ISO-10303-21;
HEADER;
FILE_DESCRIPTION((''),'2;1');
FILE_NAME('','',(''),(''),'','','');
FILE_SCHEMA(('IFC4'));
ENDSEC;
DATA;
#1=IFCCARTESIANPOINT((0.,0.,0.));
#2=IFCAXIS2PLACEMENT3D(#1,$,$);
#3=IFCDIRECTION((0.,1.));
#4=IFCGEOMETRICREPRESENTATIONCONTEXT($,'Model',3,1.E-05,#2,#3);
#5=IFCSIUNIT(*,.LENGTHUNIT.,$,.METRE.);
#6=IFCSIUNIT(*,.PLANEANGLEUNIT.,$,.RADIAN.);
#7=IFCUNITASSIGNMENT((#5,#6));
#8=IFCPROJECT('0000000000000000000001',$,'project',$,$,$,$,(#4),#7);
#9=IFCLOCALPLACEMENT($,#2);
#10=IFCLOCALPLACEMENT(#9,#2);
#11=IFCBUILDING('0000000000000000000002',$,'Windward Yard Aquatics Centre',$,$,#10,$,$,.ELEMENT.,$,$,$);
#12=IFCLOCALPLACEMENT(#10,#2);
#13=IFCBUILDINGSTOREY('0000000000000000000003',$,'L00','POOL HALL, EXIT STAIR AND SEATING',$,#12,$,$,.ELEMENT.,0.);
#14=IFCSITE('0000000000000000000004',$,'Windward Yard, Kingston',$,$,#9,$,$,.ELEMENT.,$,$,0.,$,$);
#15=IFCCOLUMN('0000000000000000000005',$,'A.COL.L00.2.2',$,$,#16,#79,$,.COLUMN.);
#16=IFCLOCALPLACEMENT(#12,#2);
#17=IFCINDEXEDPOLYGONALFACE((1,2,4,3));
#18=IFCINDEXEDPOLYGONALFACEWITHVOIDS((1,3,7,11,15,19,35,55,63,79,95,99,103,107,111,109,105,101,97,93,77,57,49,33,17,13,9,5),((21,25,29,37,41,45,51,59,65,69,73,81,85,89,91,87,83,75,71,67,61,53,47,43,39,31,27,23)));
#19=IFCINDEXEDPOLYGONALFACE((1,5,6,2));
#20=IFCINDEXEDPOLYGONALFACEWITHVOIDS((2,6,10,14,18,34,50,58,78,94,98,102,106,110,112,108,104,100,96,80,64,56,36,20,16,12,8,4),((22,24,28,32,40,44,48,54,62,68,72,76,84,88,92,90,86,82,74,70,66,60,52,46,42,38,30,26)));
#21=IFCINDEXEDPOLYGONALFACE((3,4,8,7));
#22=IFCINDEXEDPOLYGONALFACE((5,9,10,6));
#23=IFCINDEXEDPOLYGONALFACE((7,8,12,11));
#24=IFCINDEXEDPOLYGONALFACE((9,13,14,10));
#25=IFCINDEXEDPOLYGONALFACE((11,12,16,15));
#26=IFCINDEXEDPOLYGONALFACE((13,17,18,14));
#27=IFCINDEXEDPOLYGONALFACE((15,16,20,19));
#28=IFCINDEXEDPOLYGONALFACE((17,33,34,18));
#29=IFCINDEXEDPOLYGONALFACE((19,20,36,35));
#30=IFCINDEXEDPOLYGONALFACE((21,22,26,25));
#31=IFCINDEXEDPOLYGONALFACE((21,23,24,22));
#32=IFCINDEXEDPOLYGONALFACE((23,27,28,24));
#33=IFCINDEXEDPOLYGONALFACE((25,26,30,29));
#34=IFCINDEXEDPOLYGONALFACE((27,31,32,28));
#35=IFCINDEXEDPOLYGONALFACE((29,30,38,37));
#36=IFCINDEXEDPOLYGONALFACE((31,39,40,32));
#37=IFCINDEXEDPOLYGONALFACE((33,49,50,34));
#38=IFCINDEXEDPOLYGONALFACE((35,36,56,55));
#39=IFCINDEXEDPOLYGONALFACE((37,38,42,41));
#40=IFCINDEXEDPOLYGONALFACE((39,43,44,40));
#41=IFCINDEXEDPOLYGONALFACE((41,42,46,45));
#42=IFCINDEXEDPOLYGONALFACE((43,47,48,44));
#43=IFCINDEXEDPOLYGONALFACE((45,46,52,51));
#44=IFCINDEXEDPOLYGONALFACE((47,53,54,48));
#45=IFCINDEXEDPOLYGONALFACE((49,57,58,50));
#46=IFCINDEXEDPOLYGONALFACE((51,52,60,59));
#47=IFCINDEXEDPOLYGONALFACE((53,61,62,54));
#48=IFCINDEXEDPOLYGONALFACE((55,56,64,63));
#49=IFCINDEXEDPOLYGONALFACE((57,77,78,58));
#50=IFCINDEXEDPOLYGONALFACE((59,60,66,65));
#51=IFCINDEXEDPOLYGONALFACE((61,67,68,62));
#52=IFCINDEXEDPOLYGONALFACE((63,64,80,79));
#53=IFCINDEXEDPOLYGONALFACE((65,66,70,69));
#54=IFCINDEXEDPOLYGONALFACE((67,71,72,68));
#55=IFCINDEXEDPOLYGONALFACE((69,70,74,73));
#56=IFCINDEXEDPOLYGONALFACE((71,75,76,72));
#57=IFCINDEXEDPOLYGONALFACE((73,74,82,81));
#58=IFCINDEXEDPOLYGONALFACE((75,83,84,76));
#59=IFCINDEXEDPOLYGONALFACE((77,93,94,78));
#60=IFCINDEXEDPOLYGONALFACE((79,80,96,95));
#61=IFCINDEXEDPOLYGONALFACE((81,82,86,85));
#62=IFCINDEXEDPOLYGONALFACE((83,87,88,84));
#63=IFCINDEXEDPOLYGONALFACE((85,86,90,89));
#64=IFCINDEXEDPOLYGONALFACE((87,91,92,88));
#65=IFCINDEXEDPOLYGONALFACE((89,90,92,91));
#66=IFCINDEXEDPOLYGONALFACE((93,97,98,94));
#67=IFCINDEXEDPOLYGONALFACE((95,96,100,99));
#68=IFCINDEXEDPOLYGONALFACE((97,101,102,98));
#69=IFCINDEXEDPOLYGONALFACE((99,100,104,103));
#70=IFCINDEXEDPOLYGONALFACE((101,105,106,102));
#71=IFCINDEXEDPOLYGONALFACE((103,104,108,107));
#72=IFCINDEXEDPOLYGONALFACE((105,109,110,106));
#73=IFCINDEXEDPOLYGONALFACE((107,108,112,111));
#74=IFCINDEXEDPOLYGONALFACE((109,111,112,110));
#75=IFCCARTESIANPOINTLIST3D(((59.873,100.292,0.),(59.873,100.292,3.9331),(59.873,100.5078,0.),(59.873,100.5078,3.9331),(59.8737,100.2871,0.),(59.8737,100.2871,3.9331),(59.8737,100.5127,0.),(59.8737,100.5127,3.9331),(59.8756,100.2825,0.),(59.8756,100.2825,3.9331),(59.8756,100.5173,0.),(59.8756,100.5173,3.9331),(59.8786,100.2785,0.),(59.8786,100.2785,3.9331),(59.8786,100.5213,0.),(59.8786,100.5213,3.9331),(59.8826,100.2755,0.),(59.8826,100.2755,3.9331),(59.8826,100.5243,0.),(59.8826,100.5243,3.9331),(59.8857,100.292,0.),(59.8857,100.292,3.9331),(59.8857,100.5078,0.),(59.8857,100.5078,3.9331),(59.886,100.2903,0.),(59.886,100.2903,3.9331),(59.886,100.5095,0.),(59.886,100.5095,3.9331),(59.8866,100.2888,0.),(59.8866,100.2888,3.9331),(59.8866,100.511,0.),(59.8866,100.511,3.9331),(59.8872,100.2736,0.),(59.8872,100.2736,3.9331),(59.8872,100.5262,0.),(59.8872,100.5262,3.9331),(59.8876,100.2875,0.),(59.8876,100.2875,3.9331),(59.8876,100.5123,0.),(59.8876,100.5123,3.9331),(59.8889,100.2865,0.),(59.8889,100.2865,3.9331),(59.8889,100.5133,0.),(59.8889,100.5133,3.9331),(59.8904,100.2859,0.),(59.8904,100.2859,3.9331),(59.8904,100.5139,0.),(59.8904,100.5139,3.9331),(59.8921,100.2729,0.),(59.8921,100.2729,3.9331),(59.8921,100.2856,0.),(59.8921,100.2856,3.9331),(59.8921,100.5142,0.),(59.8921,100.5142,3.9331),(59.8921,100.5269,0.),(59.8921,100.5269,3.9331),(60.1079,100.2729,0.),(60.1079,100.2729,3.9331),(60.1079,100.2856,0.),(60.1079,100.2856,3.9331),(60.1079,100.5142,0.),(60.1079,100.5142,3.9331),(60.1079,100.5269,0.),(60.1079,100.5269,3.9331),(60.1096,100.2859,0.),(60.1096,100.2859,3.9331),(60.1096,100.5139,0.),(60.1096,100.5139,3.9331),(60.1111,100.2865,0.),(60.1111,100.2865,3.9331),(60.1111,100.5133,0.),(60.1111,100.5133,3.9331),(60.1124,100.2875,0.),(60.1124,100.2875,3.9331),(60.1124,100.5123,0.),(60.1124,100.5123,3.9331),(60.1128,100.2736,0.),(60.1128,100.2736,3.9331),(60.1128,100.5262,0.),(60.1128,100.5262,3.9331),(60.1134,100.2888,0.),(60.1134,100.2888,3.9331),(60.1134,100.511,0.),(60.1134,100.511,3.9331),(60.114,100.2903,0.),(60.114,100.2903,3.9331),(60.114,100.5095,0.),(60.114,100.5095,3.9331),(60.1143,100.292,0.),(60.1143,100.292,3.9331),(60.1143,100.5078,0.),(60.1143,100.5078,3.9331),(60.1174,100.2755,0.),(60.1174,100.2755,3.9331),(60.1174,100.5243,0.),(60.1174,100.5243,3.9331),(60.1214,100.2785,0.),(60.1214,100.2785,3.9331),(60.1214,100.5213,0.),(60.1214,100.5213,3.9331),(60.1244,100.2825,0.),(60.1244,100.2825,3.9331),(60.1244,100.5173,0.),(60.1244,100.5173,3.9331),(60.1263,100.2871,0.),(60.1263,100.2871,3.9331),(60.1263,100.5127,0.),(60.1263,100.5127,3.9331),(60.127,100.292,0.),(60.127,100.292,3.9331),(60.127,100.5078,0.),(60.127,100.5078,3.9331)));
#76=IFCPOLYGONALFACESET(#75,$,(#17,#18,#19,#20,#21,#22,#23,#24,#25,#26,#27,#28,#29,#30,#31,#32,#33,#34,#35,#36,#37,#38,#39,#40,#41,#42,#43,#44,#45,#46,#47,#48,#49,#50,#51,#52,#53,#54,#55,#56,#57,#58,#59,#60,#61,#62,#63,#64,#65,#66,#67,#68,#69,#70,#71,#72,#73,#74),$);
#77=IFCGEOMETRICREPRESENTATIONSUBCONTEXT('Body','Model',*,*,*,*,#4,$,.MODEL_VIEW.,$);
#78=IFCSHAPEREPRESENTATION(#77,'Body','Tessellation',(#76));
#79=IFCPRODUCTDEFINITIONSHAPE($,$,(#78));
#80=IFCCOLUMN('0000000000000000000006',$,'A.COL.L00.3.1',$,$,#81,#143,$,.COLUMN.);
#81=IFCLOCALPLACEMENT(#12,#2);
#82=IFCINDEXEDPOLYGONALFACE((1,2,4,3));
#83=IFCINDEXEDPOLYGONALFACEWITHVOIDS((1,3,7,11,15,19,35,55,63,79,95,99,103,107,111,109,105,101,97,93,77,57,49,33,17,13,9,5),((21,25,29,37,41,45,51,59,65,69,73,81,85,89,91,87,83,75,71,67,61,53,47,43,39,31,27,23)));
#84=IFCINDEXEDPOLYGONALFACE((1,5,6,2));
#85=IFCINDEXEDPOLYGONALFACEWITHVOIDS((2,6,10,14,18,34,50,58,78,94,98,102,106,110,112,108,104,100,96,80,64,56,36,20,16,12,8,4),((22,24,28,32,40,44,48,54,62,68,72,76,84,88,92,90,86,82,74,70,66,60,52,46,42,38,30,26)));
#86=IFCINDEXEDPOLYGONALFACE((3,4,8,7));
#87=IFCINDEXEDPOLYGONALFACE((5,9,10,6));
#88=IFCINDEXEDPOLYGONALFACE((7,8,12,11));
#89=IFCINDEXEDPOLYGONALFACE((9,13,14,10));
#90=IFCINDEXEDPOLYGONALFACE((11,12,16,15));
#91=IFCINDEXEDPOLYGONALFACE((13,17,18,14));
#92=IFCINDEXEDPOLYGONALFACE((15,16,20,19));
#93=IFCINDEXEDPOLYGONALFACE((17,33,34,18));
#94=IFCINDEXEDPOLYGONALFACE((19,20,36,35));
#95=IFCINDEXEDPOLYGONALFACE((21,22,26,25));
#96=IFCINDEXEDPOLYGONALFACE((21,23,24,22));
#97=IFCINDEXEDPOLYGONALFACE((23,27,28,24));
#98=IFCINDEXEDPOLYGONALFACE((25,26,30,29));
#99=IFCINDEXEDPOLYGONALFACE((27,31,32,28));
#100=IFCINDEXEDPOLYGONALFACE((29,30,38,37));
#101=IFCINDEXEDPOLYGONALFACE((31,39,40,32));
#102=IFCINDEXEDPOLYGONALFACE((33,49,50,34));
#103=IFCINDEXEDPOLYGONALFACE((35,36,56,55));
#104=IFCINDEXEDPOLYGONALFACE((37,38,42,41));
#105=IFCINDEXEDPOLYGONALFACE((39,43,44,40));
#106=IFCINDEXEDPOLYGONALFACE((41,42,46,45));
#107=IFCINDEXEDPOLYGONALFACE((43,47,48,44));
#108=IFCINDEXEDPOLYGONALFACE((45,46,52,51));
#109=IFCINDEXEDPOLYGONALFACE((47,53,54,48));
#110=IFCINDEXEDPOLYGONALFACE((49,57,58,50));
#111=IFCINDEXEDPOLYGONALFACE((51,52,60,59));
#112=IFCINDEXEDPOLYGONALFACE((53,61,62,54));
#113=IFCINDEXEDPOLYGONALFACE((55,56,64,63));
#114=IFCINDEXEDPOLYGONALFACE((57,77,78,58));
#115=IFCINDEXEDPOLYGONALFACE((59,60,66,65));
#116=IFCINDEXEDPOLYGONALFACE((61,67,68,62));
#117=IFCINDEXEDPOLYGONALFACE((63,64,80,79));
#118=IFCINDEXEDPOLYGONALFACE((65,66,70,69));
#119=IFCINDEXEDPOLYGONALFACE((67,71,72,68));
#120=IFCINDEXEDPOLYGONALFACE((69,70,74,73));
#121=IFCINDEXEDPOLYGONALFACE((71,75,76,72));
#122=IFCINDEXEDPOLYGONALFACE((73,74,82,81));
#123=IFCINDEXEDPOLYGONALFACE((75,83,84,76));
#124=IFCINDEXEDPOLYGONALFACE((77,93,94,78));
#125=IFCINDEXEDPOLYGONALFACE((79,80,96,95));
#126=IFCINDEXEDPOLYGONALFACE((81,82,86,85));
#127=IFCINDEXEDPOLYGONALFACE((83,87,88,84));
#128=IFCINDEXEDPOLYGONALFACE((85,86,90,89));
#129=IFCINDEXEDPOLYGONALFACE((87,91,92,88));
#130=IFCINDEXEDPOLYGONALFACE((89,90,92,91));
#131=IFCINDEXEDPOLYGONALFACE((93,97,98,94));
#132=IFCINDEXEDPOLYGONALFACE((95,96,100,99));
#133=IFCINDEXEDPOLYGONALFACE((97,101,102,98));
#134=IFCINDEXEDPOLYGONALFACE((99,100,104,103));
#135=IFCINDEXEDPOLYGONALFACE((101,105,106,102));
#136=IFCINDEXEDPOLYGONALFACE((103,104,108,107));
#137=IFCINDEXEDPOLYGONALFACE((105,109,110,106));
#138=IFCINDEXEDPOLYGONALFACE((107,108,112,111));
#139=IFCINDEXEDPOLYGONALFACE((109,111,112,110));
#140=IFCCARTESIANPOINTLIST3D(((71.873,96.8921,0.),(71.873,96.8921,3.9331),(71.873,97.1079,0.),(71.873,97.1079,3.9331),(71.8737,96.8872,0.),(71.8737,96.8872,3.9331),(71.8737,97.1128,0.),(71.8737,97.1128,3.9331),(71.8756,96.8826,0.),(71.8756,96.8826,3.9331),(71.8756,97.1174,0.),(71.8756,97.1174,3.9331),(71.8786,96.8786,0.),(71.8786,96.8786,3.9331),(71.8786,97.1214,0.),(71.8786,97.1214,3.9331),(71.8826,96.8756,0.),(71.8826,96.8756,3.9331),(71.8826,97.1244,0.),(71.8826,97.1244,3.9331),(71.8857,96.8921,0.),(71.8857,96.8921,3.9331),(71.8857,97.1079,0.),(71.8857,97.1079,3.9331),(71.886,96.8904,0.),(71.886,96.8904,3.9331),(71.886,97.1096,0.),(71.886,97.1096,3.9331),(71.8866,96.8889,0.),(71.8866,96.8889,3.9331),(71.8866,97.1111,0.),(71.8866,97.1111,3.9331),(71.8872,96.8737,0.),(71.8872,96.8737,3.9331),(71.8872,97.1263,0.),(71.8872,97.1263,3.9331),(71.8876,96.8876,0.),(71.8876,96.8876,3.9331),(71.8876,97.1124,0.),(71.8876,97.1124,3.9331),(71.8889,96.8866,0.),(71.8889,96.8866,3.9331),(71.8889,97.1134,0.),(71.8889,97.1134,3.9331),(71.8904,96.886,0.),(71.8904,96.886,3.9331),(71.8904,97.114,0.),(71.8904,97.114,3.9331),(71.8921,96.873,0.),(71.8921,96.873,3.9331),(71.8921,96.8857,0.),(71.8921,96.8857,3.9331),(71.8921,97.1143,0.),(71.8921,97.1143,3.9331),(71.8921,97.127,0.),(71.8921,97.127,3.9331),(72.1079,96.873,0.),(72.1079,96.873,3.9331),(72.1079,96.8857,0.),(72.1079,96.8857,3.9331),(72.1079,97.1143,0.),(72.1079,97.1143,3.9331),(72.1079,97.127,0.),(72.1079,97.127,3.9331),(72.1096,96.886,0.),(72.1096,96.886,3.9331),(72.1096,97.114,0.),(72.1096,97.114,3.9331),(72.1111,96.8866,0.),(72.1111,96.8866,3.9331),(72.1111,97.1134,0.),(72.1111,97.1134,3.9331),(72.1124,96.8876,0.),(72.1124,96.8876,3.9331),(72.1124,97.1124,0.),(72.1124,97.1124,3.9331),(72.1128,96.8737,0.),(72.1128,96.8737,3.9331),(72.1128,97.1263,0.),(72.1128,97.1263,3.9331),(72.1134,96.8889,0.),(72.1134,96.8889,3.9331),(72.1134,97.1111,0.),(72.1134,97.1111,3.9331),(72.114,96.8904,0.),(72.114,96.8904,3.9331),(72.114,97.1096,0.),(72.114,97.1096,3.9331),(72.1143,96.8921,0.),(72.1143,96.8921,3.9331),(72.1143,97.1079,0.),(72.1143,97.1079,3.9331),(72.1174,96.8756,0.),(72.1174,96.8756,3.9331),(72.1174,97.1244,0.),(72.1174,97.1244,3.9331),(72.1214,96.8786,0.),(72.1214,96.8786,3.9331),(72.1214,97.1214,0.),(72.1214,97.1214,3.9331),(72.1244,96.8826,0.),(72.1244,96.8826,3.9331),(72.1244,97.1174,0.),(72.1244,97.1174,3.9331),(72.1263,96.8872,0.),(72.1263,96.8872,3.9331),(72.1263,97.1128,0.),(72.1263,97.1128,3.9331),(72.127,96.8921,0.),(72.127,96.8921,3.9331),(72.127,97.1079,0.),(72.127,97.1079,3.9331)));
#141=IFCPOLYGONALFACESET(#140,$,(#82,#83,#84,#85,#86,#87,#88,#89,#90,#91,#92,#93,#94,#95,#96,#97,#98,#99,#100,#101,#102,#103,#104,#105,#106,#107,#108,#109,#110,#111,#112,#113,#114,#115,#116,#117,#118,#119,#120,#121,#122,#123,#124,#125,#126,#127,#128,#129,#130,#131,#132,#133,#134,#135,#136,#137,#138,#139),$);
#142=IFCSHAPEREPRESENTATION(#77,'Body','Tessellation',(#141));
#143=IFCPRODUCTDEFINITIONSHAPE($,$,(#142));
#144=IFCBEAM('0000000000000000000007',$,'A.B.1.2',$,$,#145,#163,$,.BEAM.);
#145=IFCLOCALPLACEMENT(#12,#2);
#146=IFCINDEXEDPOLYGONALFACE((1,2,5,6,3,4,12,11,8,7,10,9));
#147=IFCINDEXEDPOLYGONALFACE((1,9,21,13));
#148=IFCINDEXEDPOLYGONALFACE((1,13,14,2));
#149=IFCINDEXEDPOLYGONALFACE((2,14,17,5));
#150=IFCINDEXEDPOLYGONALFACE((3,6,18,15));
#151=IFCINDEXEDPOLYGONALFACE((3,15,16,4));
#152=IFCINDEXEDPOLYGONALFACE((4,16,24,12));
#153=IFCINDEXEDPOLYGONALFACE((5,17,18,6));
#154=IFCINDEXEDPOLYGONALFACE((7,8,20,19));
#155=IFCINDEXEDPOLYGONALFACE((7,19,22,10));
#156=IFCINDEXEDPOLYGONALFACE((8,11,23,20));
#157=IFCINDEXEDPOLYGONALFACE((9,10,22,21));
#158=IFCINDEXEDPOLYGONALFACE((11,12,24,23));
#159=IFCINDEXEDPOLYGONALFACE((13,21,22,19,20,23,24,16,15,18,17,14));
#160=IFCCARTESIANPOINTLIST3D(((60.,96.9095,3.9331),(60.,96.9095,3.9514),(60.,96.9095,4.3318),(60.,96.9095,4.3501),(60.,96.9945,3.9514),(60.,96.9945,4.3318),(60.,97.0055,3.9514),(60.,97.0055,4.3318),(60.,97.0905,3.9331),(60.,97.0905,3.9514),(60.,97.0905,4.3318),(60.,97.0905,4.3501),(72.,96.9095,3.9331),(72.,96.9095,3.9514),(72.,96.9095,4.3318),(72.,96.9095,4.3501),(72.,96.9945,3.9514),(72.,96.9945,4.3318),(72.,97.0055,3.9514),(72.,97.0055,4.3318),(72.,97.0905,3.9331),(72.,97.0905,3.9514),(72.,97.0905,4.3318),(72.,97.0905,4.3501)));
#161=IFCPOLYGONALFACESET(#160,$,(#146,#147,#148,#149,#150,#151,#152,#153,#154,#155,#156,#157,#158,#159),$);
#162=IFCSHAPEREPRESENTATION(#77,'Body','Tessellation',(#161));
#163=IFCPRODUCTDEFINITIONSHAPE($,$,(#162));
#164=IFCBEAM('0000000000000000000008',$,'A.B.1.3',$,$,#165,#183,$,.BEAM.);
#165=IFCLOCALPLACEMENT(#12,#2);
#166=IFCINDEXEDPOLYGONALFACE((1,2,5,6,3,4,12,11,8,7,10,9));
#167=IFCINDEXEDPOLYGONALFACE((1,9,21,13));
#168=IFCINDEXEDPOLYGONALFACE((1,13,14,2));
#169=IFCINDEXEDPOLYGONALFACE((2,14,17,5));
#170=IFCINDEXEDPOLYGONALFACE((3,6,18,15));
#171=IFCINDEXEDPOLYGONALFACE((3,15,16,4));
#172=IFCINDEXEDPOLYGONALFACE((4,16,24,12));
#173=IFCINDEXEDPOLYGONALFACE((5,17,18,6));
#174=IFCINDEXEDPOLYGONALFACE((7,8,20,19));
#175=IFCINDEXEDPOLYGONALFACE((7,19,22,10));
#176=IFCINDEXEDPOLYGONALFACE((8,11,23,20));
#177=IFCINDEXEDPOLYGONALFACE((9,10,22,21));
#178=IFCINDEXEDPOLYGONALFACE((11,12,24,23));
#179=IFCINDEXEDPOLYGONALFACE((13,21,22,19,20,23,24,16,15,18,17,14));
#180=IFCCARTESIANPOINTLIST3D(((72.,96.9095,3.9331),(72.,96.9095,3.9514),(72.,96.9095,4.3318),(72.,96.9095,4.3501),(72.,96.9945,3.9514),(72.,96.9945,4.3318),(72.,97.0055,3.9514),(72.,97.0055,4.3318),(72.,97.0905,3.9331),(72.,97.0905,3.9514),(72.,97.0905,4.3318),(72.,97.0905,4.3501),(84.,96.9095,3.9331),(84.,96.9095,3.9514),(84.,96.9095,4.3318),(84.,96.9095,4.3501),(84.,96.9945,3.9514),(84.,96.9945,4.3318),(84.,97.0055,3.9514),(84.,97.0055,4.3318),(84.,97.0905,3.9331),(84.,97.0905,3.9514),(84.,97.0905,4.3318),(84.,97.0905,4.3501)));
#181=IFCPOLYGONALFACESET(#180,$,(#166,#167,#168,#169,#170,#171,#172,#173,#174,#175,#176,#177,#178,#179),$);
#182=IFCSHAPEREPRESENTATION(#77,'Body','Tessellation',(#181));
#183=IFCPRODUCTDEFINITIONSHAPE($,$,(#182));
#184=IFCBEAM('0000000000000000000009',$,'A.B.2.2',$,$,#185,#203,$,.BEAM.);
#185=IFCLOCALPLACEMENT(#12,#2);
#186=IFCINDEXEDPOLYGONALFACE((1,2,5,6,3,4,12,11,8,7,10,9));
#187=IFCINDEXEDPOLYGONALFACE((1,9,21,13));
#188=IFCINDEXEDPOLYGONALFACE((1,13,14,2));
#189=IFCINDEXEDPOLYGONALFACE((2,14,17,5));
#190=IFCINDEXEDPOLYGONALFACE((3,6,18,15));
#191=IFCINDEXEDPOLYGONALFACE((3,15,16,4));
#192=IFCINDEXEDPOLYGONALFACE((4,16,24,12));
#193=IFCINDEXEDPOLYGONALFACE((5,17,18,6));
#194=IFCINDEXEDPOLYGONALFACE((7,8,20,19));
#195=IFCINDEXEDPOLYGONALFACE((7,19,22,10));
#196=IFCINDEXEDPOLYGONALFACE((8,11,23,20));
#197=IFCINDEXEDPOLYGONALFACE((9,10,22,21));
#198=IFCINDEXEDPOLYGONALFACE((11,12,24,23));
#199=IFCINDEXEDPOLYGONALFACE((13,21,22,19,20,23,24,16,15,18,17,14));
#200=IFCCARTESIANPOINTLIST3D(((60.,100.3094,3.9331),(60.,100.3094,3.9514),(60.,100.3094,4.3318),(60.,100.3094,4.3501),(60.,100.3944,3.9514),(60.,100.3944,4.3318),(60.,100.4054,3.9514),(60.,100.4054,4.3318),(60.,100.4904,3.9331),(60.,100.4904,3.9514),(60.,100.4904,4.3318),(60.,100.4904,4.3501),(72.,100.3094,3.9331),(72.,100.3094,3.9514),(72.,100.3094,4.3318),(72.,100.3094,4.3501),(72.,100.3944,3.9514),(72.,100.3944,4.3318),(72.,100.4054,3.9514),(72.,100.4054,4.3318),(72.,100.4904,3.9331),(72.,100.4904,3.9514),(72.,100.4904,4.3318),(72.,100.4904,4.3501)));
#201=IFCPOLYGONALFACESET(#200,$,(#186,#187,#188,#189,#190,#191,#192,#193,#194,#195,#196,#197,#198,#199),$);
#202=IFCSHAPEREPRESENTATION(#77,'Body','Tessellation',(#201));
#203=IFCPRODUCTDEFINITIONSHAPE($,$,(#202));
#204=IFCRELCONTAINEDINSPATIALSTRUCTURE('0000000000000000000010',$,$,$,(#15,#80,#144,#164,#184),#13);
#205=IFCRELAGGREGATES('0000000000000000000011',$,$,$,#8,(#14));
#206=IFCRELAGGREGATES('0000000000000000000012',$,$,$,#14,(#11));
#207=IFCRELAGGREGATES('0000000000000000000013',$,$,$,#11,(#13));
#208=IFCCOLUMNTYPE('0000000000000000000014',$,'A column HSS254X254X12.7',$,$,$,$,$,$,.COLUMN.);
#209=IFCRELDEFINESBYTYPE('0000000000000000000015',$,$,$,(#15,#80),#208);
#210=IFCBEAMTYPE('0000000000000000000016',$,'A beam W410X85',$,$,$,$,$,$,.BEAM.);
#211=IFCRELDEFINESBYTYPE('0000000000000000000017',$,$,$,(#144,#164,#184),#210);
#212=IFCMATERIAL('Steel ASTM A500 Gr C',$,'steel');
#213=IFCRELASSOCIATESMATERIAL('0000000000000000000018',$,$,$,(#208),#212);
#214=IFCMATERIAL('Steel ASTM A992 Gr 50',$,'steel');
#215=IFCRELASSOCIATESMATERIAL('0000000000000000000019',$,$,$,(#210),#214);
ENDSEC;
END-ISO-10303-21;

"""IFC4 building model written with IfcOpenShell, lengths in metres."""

from ifc_helpers import new_model, si_unit, direction, frame, origin, origin_2d, place, context, subcontext, project, spatial, hollow_rectangle, i_section, extrude, material, material_profile, profile_set, type_object, element, save


model = new_model("IFC4")

# Units and contexts
model_context = context("Model", 3, precision=1e-05, world=origin(), true_north=direction((0.0, 1.0)))
body_context = subcontext(model_context, "Body", "Model", "MODEL_VIEW")
ifc_project = project(units=[si_unit("LENGTHUNIT", "METRE"), si_unit("PLANEANGLEUNIT", "RADIAN")], contexts=[model_context])

# Site, building, storey
site_placement = place(None, origin())
site = spatial("IfcSite", under=ifc_project, at=site_placement, Name="Windward Yard, Kingston", CompositionType="ELEMENT", RefElevation=0.0)
building_placement = place(site_placement, origin())
building = spatial("IfcBuilding", under=site, at=building_placement, Name="Windward Yard Aquatics Centre", CompositionType="ELEMENT")
storey_placement = place(building_placement, origin())
storey = spatial("IfcBuildingStorey", under=building, at=storey_placement, Name="L00", Description="POOL HALL, EXIT STAIR AND SEATING", CompositionType="ELEMENT", Elevation=0.0)

# Columns
ifc_material_1 = material(Name="Steel ASTM A500 Gr C", Category="steel")
ifc_material_profile_1 = material_profile(ifc_material_1, hollow_rectangle(XDim=0.2539, YDim=0.2539, WallThickness=0.0127, InnerFilletRadius=0.0063, OuterFilletRadius=0.019, at=origin_2d()), Name="HSS254X254X12.7")
ifc_profile_set_1 = profile_set([ifc_material_profile_1], Name="Steel ASTM A500 Gr C")
column_type = type_object("IfcColumnType", Name="A column HSS254X254X12.7", PredefinedType="COLUMN", material=ifc_profile_set_1)
for number, where, z_axis, x_axis, name in (
    (1, (60.0, 100.3999, 0.0), (0.0, 0.0, 1.0), (1.0, 0.0, 0.0), "A.COL.L00.2.2"),
    (2, (72.0, 97.0, 0.0), (0.0, 0.0, 1.0), (1.0, 0.0, 0.0), "A.COL.L00.3.1"),
):
    element("IfcColumn", number, at=place(storey_placement, frame(where, z_axis=z_axis, x_axis=x_axis)), inside=storey, type_object=column_type, Name=name, PredefinedType="COLUMN", context=body_context, shape_type="SweptSolid", body=[
        extrude(hollow_rectangle(XDim=0.2539, YDim=0.2539, WallThickness=0.0127, InnerFilletRadius=0.0063, OuterFilletRadius=0.019, at=origin_2d()), origin(), (0.0, 0.0, 1.0), 3.9331),
    ])

# Beams
ifc_material_2 = material(Name="Steel ASTM A992 Gr 50", Category="steel")
ifc_material_profile_2 = material_profile(ifc_material_2, i_section(OverallWidth=0.1809, OverallDepth=0.417, WebThickness=0.011, FlangeThickness=0.0183, at=origin_2d()), Name="W410X85")
ifc_profile_set_2 = profile_set([ifc_material_profile_2], Name="Steel ASTM A992 Gr 50")
beam_type = type_object("IfcBeamType", Name="A beam W410X85", PredefinedType="BEAM", material=ifc_profile_set_2)
for number, where, z_axis, x_axis, name in (
    (3, (60.0, 97.0, 4.1416), (1.0, 0.0, 0.0), (0.0, 1.0, 0.0), "A.B.1.2"),
    (4, (72.0, 97.0, 4.1416), (1.0, 0.0, 0.0), (0.0, 1.0, 0.0), "A.B.1.3"),
    (5, (60.0, 100.3999, 4.1416), (1.0, 0.0, 0.0), (0.0, 1.0, 0.0), "A.B.2.2"),
):
    element("IfcBeam", number, at=place(storey_placement, frame(where, z_axis=z_axis, x_axis=x_axis)), inside=storey, type_object=beam_type, Name=name, PredefinedType="BEAM", context=body_context, shape_type="SweptSolid", body=[
        extrude(i_section(OverallWidth=0.1809, OverallDepth=0.417, WebThickness=0.011, FlangeThickness=0.0183, at=origin_2d()), origin(), (0.0, 0.0, 1.0), 12.0),
    ])

save(model, "model.ifc")
